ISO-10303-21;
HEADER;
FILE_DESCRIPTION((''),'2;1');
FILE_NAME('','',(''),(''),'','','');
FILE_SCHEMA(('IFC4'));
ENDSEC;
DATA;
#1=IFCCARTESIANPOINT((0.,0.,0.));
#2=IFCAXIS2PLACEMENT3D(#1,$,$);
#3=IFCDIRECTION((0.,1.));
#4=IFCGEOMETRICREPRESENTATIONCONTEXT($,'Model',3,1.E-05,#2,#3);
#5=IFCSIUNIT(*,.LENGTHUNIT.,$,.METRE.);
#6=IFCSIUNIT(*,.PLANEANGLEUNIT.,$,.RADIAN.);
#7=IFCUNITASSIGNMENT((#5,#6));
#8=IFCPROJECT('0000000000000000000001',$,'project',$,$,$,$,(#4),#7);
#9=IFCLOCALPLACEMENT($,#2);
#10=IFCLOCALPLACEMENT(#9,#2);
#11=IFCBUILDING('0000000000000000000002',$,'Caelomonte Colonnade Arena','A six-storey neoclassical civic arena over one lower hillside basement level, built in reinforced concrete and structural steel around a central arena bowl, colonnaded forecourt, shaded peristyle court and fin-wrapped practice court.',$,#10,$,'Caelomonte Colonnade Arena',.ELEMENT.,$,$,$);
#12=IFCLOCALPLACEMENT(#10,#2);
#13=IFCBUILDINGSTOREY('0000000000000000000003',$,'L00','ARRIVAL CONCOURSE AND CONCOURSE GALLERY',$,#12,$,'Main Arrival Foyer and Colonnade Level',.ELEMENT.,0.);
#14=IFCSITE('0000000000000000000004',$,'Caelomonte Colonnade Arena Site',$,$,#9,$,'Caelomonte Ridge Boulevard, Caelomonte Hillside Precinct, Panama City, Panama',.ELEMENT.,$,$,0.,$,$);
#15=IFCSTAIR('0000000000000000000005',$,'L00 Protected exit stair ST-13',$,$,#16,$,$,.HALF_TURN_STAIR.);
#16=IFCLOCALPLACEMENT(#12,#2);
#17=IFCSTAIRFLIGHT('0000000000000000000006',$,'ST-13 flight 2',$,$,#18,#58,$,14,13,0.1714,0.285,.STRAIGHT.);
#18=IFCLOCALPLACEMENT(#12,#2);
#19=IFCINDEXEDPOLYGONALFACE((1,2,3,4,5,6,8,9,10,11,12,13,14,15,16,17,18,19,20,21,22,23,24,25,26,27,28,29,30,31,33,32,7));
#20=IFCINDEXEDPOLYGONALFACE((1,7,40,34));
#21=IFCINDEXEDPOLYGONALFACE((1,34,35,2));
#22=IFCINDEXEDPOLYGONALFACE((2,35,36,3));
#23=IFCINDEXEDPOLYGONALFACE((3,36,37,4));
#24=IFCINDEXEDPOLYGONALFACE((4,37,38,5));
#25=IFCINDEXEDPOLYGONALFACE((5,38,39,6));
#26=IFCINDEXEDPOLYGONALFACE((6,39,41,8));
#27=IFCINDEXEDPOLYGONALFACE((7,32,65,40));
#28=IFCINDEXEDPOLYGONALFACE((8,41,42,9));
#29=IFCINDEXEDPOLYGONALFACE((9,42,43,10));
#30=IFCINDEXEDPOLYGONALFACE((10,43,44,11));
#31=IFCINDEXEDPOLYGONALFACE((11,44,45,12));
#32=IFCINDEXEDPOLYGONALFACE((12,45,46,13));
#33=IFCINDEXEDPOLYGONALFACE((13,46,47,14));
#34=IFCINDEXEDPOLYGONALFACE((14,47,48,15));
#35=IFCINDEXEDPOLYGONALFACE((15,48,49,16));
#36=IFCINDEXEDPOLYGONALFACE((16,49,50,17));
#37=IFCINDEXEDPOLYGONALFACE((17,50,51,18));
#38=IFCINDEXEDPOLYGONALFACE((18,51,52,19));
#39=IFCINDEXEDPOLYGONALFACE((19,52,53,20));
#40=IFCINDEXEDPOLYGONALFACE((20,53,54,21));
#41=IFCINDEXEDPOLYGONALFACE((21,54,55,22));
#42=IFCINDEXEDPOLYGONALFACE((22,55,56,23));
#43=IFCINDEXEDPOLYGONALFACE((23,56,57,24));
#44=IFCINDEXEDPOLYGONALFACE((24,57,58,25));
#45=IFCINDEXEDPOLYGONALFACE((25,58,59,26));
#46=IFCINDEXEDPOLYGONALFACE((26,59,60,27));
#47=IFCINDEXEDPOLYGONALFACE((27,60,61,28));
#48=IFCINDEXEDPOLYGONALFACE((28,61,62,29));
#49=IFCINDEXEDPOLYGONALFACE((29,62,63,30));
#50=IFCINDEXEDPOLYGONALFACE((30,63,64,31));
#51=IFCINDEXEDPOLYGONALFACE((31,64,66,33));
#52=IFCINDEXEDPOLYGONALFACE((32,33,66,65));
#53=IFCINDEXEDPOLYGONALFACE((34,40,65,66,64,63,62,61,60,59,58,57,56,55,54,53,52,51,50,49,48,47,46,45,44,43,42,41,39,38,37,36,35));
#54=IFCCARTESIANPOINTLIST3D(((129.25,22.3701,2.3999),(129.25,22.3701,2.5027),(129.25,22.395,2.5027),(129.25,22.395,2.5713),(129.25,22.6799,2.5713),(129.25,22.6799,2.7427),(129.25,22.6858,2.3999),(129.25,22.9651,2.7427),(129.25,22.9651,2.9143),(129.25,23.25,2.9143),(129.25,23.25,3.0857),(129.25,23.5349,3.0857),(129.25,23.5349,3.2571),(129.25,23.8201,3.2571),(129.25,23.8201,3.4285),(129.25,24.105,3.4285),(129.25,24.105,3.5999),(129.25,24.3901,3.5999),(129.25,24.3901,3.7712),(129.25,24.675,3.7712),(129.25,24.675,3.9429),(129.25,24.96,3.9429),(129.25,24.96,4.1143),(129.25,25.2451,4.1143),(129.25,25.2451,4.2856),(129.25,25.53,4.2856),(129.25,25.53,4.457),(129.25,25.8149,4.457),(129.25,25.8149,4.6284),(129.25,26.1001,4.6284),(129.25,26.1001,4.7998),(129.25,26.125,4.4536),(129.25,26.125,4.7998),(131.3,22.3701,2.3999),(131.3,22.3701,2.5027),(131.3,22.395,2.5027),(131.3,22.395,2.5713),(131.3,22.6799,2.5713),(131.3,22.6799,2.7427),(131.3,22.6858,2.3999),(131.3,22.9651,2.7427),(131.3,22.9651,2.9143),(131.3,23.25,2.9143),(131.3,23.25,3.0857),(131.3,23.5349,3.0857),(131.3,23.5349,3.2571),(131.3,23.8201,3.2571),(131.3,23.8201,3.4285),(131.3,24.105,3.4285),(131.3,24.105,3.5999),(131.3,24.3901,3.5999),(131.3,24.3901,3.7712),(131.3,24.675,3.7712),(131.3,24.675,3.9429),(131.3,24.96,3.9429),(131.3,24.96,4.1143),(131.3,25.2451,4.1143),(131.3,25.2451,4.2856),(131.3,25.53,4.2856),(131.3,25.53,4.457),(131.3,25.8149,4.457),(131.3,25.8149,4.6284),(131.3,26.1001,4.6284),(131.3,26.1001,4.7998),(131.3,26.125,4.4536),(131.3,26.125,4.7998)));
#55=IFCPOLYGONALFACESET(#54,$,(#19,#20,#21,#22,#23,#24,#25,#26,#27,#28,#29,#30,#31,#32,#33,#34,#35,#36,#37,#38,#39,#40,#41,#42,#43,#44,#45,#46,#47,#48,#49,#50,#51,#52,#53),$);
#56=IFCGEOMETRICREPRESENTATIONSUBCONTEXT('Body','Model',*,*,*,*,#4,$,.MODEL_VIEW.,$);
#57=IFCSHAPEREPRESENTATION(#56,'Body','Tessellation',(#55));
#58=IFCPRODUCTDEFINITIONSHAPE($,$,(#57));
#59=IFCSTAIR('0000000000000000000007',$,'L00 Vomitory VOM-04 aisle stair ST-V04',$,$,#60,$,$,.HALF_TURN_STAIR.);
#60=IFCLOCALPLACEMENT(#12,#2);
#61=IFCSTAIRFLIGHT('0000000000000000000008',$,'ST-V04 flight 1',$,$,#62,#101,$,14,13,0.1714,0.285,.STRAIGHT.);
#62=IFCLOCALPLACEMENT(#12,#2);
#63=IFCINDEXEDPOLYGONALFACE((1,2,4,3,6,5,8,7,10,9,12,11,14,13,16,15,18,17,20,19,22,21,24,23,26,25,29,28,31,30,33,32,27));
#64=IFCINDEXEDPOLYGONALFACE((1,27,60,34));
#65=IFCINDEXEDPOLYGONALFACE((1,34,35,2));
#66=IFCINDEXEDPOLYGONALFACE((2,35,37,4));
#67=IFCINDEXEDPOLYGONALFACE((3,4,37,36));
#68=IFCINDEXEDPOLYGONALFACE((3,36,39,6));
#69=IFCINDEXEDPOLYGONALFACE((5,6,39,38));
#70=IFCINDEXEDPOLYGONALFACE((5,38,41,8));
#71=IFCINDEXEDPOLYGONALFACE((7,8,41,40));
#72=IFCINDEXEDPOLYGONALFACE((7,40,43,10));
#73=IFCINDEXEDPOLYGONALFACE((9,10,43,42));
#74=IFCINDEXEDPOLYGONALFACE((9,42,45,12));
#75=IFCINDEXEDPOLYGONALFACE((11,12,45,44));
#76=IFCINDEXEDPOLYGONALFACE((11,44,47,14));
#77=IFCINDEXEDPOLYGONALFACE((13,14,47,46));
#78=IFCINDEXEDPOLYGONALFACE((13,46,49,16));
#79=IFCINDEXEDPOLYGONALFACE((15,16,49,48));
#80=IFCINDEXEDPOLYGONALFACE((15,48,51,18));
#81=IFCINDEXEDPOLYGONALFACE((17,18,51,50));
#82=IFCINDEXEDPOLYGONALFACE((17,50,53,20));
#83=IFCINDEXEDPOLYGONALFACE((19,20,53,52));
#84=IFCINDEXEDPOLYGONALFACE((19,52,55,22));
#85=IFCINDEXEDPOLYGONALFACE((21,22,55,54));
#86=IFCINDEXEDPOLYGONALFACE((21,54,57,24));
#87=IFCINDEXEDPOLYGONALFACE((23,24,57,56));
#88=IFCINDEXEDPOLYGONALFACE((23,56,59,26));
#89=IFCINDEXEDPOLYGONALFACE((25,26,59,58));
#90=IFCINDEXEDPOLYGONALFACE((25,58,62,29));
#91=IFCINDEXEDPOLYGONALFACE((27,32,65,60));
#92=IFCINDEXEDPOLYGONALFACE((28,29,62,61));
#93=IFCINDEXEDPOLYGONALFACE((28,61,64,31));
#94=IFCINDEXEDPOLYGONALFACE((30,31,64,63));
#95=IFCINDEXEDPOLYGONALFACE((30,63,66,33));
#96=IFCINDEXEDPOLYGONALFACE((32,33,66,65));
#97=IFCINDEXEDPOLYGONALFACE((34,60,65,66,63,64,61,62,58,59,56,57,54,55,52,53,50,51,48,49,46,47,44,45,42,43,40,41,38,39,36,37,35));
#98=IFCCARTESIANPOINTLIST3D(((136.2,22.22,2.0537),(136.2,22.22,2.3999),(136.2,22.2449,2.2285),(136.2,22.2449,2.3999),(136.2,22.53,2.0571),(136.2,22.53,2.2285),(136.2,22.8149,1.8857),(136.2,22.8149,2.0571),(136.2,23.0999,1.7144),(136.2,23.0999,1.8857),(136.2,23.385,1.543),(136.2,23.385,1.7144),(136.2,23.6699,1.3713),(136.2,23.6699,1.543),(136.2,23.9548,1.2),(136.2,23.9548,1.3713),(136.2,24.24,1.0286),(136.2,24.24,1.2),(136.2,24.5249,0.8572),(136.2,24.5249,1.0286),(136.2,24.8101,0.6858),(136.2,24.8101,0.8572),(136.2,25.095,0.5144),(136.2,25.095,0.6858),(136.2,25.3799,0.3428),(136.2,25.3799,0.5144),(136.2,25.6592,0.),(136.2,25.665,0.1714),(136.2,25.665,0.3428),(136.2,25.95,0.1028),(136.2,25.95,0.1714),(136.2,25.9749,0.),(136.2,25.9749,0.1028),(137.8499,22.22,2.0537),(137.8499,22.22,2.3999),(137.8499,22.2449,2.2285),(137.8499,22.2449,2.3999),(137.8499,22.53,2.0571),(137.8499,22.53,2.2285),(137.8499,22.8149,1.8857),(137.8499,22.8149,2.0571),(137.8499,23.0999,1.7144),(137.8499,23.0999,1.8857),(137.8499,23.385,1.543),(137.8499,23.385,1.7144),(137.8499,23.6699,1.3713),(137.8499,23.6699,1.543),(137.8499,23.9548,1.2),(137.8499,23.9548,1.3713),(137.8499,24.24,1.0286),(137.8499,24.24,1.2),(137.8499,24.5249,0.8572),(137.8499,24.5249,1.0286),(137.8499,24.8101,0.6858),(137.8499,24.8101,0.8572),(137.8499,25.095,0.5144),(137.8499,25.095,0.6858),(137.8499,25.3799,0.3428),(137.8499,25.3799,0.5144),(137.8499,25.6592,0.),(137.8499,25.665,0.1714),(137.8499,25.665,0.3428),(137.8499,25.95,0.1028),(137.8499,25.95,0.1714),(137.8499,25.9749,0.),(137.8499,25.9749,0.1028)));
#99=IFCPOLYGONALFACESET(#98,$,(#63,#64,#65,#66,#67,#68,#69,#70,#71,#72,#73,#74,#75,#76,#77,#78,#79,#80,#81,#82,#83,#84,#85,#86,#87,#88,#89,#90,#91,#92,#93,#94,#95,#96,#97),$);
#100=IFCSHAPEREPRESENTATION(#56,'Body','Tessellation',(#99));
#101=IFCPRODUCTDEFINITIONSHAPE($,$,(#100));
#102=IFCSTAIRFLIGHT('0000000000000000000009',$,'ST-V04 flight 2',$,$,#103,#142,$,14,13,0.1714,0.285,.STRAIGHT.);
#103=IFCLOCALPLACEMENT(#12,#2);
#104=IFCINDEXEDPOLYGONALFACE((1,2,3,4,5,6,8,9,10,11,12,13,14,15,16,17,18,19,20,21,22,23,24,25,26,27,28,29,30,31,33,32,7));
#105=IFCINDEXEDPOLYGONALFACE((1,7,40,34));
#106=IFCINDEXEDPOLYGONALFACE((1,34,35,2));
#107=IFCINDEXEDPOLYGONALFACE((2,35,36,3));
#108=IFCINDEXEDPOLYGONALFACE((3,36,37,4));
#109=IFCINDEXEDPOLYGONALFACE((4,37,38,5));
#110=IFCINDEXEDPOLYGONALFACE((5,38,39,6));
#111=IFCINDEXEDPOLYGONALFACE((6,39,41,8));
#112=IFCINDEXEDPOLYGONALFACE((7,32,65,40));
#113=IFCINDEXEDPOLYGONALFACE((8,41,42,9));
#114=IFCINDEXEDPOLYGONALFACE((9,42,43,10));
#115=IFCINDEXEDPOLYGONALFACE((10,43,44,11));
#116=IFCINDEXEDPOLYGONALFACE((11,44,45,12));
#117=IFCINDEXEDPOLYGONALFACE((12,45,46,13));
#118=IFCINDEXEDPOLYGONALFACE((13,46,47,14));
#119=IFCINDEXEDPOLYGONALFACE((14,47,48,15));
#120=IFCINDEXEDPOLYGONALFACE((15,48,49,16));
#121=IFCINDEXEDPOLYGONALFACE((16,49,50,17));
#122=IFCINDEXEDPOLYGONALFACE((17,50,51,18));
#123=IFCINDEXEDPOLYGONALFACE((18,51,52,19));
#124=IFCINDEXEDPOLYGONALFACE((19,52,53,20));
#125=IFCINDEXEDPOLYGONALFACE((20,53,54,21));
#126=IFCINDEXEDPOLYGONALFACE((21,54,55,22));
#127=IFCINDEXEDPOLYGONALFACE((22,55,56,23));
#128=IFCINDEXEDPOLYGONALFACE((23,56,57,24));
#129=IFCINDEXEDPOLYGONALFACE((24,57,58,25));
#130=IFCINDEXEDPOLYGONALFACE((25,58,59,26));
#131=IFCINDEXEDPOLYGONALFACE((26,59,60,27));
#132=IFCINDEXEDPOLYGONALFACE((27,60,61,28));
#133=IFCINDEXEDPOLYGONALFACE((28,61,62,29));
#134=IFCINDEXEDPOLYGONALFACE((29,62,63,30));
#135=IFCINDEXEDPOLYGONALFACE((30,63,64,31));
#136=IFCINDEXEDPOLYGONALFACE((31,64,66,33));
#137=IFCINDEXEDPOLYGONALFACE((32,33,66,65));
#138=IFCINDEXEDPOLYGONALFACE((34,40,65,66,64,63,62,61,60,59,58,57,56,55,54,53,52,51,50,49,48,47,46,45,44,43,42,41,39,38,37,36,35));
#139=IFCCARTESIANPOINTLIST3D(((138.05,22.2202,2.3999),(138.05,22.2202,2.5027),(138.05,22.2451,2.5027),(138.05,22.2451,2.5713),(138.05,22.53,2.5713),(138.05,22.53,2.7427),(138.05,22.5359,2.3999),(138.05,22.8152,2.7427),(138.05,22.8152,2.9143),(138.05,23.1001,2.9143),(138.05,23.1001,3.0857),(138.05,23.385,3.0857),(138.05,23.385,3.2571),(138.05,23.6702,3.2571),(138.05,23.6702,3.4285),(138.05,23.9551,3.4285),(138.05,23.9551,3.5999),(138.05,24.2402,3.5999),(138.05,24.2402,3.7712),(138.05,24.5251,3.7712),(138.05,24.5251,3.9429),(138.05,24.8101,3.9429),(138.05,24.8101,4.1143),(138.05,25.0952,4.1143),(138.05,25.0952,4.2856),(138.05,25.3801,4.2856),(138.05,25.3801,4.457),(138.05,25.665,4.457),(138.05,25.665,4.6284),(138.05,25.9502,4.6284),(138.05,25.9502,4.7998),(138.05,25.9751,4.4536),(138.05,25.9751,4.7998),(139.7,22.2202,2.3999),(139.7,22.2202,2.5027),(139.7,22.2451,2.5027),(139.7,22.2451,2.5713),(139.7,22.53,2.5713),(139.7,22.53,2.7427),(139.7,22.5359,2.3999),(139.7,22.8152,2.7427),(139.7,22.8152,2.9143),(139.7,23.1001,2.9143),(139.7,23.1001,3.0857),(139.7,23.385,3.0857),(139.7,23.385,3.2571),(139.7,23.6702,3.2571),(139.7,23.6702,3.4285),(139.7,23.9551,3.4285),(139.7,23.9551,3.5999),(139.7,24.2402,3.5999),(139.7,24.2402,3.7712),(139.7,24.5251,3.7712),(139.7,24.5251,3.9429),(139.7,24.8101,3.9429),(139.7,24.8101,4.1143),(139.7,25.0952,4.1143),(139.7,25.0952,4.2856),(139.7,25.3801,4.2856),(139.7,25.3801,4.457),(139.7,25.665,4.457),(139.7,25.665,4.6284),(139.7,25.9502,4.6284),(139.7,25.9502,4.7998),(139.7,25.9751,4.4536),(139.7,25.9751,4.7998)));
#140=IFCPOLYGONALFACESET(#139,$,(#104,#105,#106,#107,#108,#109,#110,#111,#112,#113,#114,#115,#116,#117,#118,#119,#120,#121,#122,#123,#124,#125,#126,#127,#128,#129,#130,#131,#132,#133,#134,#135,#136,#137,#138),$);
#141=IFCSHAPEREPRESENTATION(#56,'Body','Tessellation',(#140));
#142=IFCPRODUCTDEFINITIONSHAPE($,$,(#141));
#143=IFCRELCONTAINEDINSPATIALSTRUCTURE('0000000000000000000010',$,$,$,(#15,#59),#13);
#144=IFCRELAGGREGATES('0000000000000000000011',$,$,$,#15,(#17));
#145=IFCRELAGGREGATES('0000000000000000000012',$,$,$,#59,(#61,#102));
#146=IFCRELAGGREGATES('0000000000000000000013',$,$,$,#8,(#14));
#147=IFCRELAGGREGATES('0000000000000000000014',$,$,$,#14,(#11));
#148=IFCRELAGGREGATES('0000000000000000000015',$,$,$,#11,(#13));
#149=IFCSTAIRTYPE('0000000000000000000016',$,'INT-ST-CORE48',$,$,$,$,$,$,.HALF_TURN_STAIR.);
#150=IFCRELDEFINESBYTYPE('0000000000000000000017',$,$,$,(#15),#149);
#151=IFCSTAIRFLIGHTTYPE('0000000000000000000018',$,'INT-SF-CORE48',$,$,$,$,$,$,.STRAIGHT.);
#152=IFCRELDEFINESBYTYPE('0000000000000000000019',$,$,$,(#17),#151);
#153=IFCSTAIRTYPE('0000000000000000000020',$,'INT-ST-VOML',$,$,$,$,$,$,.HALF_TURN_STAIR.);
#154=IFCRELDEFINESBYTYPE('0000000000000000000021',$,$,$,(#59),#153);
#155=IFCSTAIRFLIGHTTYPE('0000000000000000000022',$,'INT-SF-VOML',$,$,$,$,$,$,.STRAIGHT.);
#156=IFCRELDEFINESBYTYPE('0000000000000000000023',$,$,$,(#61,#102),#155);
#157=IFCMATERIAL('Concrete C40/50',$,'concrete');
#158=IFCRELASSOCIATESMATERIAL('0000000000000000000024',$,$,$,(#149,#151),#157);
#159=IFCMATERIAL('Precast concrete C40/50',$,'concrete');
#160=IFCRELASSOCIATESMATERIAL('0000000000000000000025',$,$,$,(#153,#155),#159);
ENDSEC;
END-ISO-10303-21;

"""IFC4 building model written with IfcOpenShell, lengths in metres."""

from ifc_helpers import new_model, si_unit, direction, frame, origin, place, context, subcontext, project, spatial, polyline, outline, extrude, material, type_object, element, aggregate, save


model = new_model("IFC4")

# Units and contexts
model_context = context("Model", 3, precision=1e-05, world=origin(), true_north=direction((0.0, 1.0)))
body_context = subcontext(model_context, "Body", "Model", "MODEL_VIEW")
ifc_project = project(units=[si_unit("LENGTHUNIT", "METRE"), si_unit("PLANEANGLEUNIT", "RADIAN")], contexts=[model_context])

# Site, building, storey
site_placement = place(None, origin())
site = spatial("IfcSite", under=ifc_project, at=site_placement, Name="Caelomonte Colonnade Arena Site", LongName="Caelomonte Ridge Boulevard, Caelomonte Hillside Precinct, Panama City, Panama", CompositionType="ELEMENT", RefElevation=0.0)
building_placement = place(site_placement, origin())
building = spatial("IfcBuilding", under=site, at=building_placement, Name="Caelomonte Colonnade Arena", Description="A six-storey neoclassical civic arena over one lower hillside basement level, built in reinforced concrete and structural steel around a central arena bowl, colonnaded forecourt, shaded peristyle court and fin-wrapped practice court.", LongName="Caelomonte Colonnade Arena", CompositionType="ELEMENT")
storey_placement = place(building_placement, origin())
storey = spatial("IfcBuildingStorey", under=building, at=storey_placement, Name="L00", Description="ARRIVAL CONCOURSE AND CONCOURSE GALLERY", LongName="Main Arrival Foyer and Colonnade Level", CompositionType="ELEMENT", Elevation=0.0)

# Shared definitions
ifc_material_1 = material(Name="Concrete C40/50", Category="concrete")

# Shared definitions
ifc_material_2 = material(Name="Precast concrete C40/50", Category="concrete")

# Stair, stair flight
stair_type_1 = type_object("IfcStairType", Name="INT-ST-CORE48", PredefinedType="HALF_TURN_STAIR", material=ifc_material_1)
stair_1_placement = place(storey_placement, origin())
stair_1 = element("IfcStair", 1, at=stair_1_placement, inside=storey, type_object=stair_type_1, Name="L00 Protected exit stair ST-13", PredefinedType="HALF_TURN_STAIR")
stair_flight_type_1 = type_object("IfcStairFlightType", Name="INT-SF-CORE48", PredefinedType="STRAIGHT", material=ifc_material_1)
stair_flight_1_placement = place(storey_placement, frame((130.2749, 22.395, 2.3999), z_axis=(0.0, 0.0, 1.0), x_axis=(0.0, 1.0, 0.0)))
stair_flight_1 = element("IfcStairFlight", 2, at=stair_flight_1_placement, type_object=stair_flight_type_1, Name="ST-13 flight 2", NumberOfRisers=14, NumberOfTreads=13, PredefinedType="STRAIGHT", RiserHeight=0.1714, TreadLength=0.285, context=body_context, shape_type="SweptSolid", body=[
    extrude(outline(polyline([(-0.0249, 0.0), (-0.0249, 0.1028), (0.0, 0.1028), (0.0, 0.1714), (0.2849, 0.1714), (0.2849, 0.3428), (0.5701, 0.3428), (0.5701, 0.5144), (0.855, 0.5144), (0.855, 0.6858), (1.1399, 0.6858), (1.1399, 0.8572), (1.425, 0.8572), (1.425, 1.0286), (1.71, 1.0286), (1.71, 1.2), (1.9951, 1.2), (1.9951, 1.3713), (2.28, 1.3713), (2.28, 1.543), (2.5649, 1.543), (2.5649, 1.7144), (2.8501, 1.7144), (2.8501, 1.8857), (3.135, 1.8857), (3.135, 2.0571), (3.4199, 2.0571), (3.4199, 2.2285), (3.7051, 2.2285), (3.7051, 2.3999), (3.73, 2.3999), (3.73, 2.0537), (0.2908, 0.0), (-0.0249, 0.0)])), frame((0.0, 1.0249, 0.0), z_axis=(0.0, -1.0, 0.0), x_axis=(1.0, 0.0, 0.0)), (0.0, 0.0, 1.0), 2.05),
])
aggregate(stair_1, [stair_flight_1])

# Stair, stair flights
stair_type_2 = type_object("IfcStairType", Name="INT-ST-VOML", PredefinedType="HALF_TURN_STAIR", material=ifc_material_2)
stair_2_placement = place(storey_placement, origin())
stair_2 = element("IfcStair", 3, at=stair_2_placement, inside=storey, type_object=stair_type_2, Name="L00 Vomitory VOM-04 aisle stair ST-V04", PredefinedType="HALF_TURN_STAIR")
stair_flight_type_2 = type_object("IfcStairFlightType", Name="INT-SF-VOML", PredefinedType="STRAIGHT", material=ifc_material_2)
stair_flight_2_placement = place(storey_placement, frame((137.0249, 25.95, 0.0), z_axis=(0.0, 0.0, 1.0), x_axis=(0.0, -1.0, 0.0)))
stair_flight_2 = element("IfcStairFlight", 4, at=stair_flight_2_placement, type_object=stair_flight_type_2, Name="ST-V04 flight 1", NumberOfRisers=14, NumberOfTreads=13, PredefinedType="STRAIGHT", RiserHeight=0.1714, TreadLength=0.285, context=body_context, shape_type="SweptSolid", body=[
    extrude(outline(polyline([(-0.0249, 0.0), (-0.0249, 0.1028), (0.0, 0.1028), (0.0, 0.1714), (0.2849, 0.1714), (0.2849, 0.3428), (0.5701, 0.3428), (0.5701, 0.5144), (0.855, 0.5144), (0.855, 0.6858), (1.1399, 0.6858), (1.1399, 0.8572), (1.425, 0.8572), (1.425, 1.0286), (1.71, 1.0286), (1.71, 1.2), (1.9951, 1.2), (1.9951, 1.3713), (2.28, 1.3713), (2.28, 1.543), (2.5649, 1.543), (2.5649, 1.7144), (2.8501, 1.7144), (2.8501, 1.8857), (3.135, 1.8857), (3.135, 2.0571), (3.4199, 2.0571), (3.4199, 2.2285), (3.7051, 2.2285), (3.7051, 2.3999), (3.73, 2.3999), (3.73, 2.0537), (0.2908, 0.0), (-0.0249, 0.0)])), frame((0.0, 0.825, 0.0), z_axis=(0.0, -1.0, 0.0), x_axis=(1.0, 0.0, 0.0)), (0.0, 0.0, 1.0), 1.6499),
])
stair_flight_3_placement = place(storey_placement, frame((138.875, 22.2451, 2.3999), z_axis=(0.0, 0.0, 1.0), x_axis=(0.0, 1.0, 0.0)))
stair_flight_3 = element("IfcStairFlight", 5, at=stair_flight_3_placement, type_object=stair_flight_type_2, Name="ST-V04 flight 2", NumberOfRisers=14, NumberOfTreads=13, PredefinedType="STRAIGHT", RiserHeight=0.1714, TreadLength=0.285, context=body_context, shape_type="SweptSolid", body=[
    extrude(outline(polyline([(-0.0249, 0.0), (-0.0249, 0.1028), (0.0, 0.1028), (0.0, 0.1714), (0.2849, 0.1714), (0.2849, 0.3428), (0.5701, 0.3428), (0.5701, 0.5144), (0.855, 0.5144), (0.855, 0.6858), (1.1399, 0.6858), (1.1399, 0.8572), (1.425, 0.8572), (1.425, 1.0286), (1.71, 1.0286), (1.71, 1.2), (1.9951, 1.2), (1.9951, 1.3713), (2.28, 1.3713), (2.28, 1.543), (2.5649, 1.543), (2.5649, 1.7144), (2.8501, 1.7144), (2.8501, 1.8857), (3.135, 1.8857), (3.135, 2.0571), (3.4199, 2.0571), (3.4199, 2.2285), (3.7051, 2.2285), (3.7051, 2.3999), (3.73, 2.3999), (3.73, 2.0537), (0.2908, 0.0), (-0.0249, 0.0)])), frame((0.0, 0.825, 0.0), z_axis=(0.0, -1.0, 0.0), x_axis=(1.0, 0.0, 0.0)), (0.0, 0.0, 1.0), 1.6499),
])
aggregate(stair_2, [stair_flight_2, stair_flight_3])

save(model, "model.ifc")
